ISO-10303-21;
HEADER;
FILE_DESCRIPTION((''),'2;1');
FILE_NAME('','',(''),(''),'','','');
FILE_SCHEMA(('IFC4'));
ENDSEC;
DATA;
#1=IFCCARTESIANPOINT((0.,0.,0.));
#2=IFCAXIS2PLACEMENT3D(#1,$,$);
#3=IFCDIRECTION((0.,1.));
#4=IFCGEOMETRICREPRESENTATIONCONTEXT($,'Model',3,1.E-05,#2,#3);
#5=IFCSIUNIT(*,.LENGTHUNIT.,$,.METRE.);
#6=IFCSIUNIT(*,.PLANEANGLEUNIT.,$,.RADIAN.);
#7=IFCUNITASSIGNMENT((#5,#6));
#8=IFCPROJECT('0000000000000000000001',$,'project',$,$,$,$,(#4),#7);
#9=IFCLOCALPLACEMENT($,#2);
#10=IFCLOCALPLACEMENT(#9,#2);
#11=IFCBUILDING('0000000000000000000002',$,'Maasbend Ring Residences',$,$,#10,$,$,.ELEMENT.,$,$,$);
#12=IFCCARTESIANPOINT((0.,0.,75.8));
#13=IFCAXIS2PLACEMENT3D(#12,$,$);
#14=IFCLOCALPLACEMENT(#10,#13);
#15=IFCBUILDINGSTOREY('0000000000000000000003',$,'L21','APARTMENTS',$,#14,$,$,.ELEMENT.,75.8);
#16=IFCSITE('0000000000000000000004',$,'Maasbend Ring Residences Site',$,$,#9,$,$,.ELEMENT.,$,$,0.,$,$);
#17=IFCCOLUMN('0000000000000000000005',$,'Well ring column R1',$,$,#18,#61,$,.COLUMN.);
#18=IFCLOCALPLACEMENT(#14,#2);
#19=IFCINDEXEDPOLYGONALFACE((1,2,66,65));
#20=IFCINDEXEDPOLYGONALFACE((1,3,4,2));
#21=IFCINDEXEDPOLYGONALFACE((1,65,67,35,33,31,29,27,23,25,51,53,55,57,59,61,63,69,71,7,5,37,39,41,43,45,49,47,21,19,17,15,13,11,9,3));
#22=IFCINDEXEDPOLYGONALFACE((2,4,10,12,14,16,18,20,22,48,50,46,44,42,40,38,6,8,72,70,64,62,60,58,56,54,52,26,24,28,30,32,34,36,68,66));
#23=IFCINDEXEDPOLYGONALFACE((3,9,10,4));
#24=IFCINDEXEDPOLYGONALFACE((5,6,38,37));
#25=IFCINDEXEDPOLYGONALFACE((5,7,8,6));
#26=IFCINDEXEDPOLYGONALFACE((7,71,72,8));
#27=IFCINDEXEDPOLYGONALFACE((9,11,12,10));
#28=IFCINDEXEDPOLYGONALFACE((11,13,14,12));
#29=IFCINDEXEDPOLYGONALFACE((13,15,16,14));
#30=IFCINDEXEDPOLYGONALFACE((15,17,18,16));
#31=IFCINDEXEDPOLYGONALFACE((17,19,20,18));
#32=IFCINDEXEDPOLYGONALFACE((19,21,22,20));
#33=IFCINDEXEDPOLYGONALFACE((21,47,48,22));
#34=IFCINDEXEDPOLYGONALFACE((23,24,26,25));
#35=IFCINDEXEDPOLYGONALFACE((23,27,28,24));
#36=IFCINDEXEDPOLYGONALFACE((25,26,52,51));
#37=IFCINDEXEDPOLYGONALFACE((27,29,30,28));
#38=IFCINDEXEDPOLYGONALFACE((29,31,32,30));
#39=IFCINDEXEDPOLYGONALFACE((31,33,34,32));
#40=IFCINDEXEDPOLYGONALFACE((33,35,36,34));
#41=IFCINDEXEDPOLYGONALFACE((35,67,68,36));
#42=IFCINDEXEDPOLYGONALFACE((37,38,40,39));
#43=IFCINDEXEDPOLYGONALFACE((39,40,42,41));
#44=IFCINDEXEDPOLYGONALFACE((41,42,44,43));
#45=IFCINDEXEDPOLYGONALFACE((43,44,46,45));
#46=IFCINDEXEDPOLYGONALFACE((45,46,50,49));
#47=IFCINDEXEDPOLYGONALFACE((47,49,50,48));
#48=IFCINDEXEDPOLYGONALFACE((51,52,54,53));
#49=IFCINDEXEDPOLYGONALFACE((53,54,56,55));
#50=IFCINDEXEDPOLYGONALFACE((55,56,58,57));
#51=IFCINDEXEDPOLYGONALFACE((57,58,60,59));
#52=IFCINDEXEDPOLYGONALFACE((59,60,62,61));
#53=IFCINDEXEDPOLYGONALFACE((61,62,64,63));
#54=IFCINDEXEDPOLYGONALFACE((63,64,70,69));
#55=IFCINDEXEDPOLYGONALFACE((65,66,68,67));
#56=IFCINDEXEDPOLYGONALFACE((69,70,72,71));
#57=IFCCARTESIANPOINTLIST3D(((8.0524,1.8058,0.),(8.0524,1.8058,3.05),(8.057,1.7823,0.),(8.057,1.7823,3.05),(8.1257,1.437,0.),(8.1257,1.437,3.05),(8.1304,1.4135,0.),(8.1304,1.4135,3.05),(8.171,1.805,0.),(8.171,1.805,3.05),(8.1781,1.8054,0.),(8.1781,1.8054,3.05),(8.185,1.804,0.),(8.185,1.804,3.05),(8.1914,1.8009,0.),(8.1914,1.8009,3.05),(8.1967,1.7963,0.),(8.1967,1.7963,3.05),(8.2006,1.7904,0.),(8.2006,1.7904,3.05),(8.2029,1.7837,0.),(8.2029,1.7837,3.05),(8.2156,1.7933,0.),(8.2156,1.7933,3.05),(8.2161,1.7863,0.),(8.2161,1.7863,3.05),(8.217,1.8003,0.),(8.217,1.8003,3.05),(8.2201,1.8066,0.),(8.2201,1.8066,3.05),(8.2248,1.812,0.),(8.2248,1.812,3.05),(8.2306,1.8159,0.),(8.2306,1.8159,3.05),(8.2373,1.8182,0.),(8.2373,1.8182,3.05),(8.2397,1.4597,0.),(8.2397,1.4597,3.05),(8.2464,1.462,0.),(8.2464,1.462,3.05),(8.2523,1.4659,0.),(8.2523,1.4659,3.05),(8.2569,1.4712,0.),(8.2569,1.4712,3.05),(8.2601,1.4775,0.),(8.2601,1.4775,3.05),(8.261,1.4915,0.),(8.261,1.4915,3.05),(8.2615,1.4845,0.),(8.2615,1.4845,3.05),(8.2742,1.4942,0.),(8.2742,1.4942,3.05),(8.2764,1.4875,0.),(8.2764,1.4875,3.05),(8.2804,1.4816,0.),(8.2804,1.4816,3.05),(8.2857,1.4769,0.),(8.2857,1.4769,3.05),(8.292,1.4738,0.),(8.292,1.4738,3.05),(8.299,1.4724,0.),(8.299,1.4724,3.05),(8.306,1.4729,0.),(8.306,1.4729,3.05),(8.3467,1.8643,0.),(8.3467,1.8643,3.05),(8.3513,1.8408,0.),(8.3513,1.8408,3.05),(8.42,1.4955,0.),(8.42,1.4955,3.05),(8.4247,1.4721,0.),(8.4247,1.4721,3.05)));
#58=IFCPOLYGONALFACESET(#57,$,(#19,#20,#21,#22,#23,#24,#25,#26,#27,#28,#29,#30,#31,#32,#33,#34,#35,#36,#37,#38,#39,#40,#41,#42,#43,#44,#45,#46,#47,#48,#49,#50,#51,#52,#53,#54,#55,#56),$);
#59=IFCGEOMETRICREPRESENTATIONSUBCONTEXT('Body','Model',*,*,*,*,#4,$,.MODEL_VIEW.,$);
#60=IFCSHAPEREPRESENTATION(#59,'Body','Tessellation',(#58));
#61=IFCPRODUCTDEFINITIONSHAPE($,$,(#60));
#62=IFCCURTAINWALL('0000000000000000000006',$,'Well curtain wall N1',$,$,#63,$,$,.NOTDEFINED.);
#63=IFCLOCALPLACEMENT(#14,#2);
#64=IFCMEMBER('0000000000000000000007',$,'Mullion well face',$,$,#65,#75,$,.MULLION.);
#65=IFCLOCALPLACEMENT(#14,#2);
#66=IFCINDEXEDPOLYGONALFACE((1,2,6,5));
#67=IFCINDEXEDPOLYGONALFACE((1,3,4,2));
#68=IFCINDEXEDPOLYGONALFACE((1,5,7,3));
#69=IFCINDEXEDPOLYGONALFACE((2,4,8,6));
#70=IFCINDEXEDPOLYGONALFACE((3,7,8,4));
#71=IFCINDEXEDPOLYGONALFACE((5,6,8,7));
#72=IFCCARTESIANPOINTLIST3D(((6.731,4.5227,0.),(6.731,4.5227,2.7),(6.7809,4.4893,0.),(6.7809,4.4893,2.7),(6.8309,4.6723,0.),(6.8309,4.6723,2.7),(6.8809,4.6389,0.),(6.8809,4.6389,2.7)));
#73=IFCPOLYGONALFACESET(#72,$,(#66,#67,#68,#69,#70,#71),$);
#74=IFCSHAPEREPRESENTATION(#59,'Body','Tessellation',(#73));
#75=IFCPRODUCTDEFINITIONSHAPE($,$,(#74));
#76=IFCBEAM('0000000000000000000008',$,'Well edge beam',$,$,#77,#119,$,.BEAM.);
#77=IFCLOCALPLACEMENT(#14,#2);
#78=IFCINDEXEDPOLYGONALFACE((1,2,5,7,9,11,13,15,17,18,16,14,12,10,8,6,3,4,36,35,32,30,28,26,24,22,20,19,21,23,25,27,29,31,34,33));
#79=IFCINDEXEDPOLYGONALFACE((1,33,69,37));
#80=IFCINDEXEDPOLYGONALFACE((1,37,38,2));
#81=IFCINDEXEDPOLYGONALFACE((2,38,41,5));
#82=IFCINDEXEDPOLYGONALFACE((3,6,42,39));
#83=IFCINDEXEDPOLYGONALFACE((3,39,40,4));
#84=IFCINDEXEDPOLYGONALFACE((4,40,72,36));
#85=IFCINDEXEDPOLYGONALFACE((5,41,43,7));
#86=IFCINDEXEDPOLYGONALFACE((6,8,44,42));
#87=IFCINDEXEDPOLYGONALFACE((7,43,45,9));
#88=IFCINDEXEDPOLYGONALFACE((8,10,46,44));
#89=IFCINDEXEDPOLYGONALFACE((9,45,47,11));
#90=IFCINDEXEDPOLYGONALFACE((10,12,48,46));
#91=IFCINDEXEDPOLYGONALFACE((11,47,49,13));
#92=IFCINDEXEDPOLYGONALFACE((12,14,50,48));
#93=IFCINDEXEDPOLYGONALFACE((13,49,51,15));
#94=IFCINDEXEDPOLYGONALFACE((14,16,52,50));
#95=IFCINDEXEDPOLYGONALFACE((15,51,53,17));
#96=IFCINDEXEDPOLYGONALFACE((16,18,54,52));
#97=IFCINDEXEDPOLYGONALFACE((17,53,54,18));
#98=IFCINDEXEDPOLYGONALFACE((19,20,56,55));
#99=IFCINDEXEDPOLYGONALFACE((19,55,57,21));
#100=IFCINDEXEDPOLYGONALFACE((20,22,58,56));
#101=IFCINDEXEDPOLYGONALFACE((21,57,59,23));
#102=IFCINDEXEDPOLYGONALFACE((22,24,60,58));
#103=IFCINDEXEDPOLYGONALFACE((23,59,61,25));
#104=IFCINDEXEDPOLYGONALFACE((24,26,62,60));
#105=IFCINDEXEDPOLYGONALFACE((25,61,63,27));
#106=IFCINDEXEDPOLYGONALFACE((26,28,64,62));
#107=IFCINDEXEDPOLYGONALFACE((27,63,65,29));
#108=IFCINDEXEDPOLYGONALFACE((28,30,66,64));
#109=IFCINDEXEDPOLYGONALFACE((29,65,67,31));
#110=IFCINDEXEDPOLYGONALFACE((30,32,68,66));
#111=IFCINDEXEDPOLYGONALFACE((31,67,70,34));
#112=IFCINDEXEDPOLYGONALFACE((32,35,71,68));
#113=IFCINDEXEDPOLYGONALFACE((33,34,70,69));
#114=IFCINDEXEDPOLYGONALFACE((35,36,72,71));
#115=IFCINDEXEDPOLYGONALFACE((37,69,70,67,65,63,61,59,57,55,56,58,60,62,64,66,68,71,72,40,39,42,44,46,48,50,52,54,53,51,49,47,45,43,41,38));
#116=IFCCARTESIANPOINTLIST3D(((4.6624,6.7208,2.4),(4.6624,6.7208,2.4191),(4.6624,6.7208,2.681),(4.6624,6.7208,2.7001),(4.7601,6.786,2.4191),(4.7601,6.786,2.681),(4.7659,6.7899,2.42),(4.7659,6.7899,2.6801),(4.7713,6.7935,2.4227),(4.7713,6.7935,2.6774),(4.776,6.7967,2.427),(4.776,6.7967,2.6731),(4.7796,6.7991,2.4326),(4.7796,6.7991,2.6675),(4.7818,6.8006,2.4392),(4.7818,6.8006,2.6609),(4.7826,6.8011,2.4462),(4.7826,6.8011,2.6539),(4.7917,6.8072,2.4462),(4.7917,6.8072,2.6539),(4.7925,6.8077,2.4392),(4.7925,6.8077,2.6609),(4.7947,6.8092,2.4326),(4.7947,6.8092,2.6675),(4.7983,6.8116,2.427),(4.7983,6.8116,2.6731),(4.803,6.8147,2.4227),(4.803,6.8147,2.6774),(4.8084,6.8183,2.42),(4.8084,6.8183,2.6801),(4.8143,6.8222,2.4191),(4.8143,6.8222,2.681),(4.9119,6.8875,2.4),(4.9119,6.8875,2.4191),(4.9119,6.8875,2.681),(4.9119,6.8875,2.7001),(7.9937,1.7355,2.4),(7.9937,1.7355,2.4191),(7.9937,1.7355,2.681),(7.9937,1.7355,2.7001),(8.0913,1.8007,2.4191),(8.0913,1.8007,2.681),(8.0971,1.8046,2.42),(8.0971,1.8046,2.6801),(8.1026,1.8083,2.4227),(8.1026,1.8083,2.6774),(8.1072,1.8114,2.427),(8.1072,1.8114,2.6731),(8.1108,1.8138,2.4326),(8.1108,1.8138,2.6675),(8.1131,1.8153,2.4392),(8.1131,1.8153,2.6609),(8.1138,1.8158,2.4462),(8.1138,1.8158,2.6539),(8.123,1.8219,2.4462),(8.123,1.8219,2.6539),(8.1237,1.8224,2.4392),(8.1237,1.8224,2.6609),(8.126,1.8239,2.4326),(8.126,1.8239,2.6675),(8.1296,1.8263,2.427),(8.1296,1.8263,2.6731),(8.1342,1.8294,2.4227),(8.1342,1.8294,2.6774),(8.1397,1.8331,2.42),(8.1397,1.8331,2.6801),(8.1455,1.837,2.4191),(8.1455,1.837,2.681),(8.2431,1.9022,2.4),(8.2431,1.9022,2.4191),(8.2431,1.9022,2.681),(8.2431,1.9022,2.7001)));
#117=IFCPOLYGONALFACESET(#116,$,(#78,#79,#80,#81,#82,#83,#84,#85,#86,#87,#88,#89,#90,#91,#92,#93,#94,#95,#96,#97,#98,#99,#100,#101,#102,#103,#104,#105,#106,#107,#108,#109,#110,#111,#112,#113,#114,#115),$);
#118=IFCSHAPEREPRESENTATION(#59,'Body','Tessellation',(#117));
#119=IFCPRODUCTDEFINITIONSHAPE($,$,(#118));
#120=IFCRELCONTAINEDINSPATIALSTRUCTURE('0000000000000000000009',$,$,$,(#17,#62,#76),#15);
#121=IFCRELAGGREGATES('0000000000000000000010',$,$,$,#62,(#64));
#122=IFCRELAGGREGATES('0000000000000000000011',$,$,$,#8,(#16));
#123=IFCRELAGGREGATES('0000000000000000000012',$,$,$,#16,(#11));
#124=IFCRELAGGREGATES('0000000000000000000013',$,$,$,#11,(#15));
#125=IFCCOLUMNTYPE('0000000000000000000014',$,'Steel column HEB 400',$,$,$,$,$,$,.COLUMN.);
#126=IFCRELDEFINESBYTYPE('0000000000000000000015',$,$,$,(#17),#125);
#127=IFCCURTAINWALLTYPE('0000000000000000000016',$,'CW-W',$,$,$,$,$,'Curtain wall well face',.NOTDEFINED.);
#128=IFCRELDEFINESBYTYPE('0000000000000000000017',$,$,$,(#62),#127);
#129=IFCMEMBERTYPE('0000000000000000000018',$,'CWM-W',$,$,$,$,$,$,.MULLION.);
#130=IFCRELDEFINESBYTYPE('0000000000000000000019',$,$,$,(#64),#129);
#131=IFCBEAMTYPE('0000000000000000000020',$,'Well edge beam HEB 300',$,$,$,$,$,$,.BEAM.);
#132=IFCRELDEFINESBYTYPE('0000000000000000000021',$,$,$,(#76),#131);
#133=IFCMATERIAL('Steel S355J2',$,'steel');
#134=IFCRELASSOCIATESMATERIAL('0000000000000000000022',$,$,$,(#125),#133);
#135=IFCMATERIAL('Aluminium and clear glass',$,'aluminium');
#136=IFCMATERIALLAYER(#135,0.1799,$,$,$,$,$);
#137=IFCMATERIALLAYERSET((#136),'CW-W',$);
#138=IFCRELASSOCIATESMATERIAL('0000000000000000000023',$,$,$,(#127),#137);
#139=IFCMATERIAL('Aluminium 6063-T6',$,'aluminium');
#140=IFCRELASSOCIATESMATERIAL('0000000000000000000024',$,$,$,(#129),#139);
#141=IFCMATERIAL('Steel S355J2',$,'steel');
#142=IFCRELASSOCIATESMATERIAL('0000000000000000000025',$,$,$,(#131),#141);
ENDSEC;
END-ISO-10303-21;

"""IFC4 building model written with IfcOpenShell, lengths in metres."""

from ifc_helpers import new_model, si_unit, direction, frame, origin, origin_2d, place, context, subcontext, project, spatial, rectangle, i_section, extrude, material, layer, layer_set, material_profile, profile_set, type_object, element, aggregate, save


model = new_model("IFC4")

# Units and contexts
model_context = context("Model", 3, precision=1e-05, world=origin(), true_north=direction((0.0, 1.0)))
body_context = subcontext(model_context, "Body", "Model", "MODEL_VIEW")
ifc_project = project(units=[si_unit("LENGTHUNIT", "METRE"), si_unit("PLANEANGLEUNIT", "RADIAN")], contexts=[model_context])

# Site, building, storey
site_placement = place(None, origin())
site = spatial("IfcSite", under=ifc_project, at=site_placement, Name="Maasbend Ring Residences Site", CompositionType="ELEMENT", RefElevation=0.0)
building_placement = place(site_placement, origin())
building = spatial("IfcBuilding", under=site, at=building_placement, Name="Maasbend Ring Residences", CompositionType="ELEMENT")
storey_placement = place(building_placement, frame((0.0, 0.0, 75.8)))
storey = spatial("IfcBuildingStorey", under=building, at=storey_placement, Name="L21", Description="APARTMENTS", CompositionType="ELEMENT", Elevation=75.8)

# Column
ifc_material_1 = material(Name="Steel S355J2", Category="steel")
ifc_material_profile_1 = material_profile(ifc_material_1, i_section(OverallWidth=0.3, OverallDepth=0.3999, WebThickness=0.0134, FlangeThickness=0.0239, FilletRadius=0.0271, at=origin_2d()), Name="HEB 400")
ifc_profile_set_1 = profile_set([ifc_material_profile_1], Name="Steel S355J2")
column_type = type_object("IfcColumnType", Name="Steel column HEB 400", PredefinedType="COLUMN", material=ifc_profile_set_1)
column_placement = place(storey_placement, frame((8.2385, 1.6389, 0.0), z_axis=(0.0, 0.0, 1.0), x_axis=(0.980785, 0.19509, 0.0)))
element("IfcColumn", 1, at=column_placement, inside=storey, type_object=column_type, Name="Well ring column R1", PredefinedType="COLUMN", context=body_context, shape_type="SweptSolid", body=[
    extrude(i_section(OverallWidth=0.3, OverallDepth=0.3999, WebThickness=0.0134, FlangeThickness=0.0239, FilletRadius=0.0271, at=origin_2d()), origin(), (0.0, 0.0, 1.0), 3.05),
])

# Curtain wall, member
ifc_material_2 = material(Name="Aluminium and clear glass", Category="aluminium")
ifc_layer_1 = layer(ifc_material_2, 0.1799)
ifc_layer_set_1 = layer_set([ifc_layer_1], Name="CW-W")
curtain_wall_type = type_object("IfcCurtainWallType", Name="CW-W", ElementType="Curtain wall well face", PredefinedType="NOTDEFINED", material=ifc_layer_set_1)
curtain_wall_placement = place(storey_placement, origin())
curtain_wall = element("IfcCurtainWall", 2, at=curtain_wall_placement, inside=storey, type_object=curtain_wall_type, Name="Well curtain wall N1", PredefinedType="NOTDEFINED")
ifc_material_3 = material(Name="Aluminium 6063-T6", Category="aluminium")
ifc_material_profile_2 = material_profile(ifc_material_3, rectangle(XDim=0.1799, YDim=0.0601, at=origin_2d()), Name="AL 180x60")
ifc_profile_set_2 = profile_set([ifc_material_profile_2], Name="Aluminium 6063-T6")
member_type = type_object("IfcMemberType", Name="CWM-W", PredefinedType="MULLION", material=ifc_profile_set_2)
member_placement = place(storey_placement, frame((6.8059, 4.5808, 0.0), z_axis=(0.0, 0.0, 1.0), x_axis=(-0.55557, -0.83147, 0.0)))
member = element("IfcMember", 3, at=member_placement, type_object=member_type, Name="Mullion well face", PredefinedType="MULLION", context=body_context, shape_type="SweptSolid", body=[
    extrude(rectangle(XDim=0.1799, YDim=0.0601, at=origin_2d()), origin(), (0.0, 0.0, 1.0), 2.7),
])
aggregate(curtain_wall, [member])

# Beam
ifc_material_4 = material(Name="Steel S355J2", Category="steel")
ifc_material_profile_3 = material_profile(ifc_material_4, i_section(OverallWidth=0.3, OverallDepth=0.3, WebThickness=0.011, FlangeThickness=0.019, FilletRadius=0.0271, at=origin_2d()), Name="HEB 300")
ifc_profile_set_3 = profile_set([ifc_material_profile_3], Name="Steel S355J2")
beam_type = type_object("IfcBeamType", Name="Well edge beam HEB 300", PredefinedType="BEAM", material=ifc_profile_set_3)
beam_placement = place(storey_placement, frame((8.1184, 1.8188, 2.55), z_axis=(-0.555593, 0.831455, 0.0), x_axis=(-0.831455, -0.555593, 0.0)))
element("IfcBeam", 4, at=beam_placement, inside=storey, type_object=beam_type, Name="Well edge beam", PredefinedType="BEAM", context=body_context, shape_type="SweptSolid", body=[
    extrude(i_section(OverallWidth=0.3, OverallDepth=0.3, WebThickness=0.011, FlangeThickness=0.019, FilletRadius=0.0271, at=origin_2d()), origin(), (0.0, 0.0, 1.0), 5.9958),
])

save(model, "model.ifc")
